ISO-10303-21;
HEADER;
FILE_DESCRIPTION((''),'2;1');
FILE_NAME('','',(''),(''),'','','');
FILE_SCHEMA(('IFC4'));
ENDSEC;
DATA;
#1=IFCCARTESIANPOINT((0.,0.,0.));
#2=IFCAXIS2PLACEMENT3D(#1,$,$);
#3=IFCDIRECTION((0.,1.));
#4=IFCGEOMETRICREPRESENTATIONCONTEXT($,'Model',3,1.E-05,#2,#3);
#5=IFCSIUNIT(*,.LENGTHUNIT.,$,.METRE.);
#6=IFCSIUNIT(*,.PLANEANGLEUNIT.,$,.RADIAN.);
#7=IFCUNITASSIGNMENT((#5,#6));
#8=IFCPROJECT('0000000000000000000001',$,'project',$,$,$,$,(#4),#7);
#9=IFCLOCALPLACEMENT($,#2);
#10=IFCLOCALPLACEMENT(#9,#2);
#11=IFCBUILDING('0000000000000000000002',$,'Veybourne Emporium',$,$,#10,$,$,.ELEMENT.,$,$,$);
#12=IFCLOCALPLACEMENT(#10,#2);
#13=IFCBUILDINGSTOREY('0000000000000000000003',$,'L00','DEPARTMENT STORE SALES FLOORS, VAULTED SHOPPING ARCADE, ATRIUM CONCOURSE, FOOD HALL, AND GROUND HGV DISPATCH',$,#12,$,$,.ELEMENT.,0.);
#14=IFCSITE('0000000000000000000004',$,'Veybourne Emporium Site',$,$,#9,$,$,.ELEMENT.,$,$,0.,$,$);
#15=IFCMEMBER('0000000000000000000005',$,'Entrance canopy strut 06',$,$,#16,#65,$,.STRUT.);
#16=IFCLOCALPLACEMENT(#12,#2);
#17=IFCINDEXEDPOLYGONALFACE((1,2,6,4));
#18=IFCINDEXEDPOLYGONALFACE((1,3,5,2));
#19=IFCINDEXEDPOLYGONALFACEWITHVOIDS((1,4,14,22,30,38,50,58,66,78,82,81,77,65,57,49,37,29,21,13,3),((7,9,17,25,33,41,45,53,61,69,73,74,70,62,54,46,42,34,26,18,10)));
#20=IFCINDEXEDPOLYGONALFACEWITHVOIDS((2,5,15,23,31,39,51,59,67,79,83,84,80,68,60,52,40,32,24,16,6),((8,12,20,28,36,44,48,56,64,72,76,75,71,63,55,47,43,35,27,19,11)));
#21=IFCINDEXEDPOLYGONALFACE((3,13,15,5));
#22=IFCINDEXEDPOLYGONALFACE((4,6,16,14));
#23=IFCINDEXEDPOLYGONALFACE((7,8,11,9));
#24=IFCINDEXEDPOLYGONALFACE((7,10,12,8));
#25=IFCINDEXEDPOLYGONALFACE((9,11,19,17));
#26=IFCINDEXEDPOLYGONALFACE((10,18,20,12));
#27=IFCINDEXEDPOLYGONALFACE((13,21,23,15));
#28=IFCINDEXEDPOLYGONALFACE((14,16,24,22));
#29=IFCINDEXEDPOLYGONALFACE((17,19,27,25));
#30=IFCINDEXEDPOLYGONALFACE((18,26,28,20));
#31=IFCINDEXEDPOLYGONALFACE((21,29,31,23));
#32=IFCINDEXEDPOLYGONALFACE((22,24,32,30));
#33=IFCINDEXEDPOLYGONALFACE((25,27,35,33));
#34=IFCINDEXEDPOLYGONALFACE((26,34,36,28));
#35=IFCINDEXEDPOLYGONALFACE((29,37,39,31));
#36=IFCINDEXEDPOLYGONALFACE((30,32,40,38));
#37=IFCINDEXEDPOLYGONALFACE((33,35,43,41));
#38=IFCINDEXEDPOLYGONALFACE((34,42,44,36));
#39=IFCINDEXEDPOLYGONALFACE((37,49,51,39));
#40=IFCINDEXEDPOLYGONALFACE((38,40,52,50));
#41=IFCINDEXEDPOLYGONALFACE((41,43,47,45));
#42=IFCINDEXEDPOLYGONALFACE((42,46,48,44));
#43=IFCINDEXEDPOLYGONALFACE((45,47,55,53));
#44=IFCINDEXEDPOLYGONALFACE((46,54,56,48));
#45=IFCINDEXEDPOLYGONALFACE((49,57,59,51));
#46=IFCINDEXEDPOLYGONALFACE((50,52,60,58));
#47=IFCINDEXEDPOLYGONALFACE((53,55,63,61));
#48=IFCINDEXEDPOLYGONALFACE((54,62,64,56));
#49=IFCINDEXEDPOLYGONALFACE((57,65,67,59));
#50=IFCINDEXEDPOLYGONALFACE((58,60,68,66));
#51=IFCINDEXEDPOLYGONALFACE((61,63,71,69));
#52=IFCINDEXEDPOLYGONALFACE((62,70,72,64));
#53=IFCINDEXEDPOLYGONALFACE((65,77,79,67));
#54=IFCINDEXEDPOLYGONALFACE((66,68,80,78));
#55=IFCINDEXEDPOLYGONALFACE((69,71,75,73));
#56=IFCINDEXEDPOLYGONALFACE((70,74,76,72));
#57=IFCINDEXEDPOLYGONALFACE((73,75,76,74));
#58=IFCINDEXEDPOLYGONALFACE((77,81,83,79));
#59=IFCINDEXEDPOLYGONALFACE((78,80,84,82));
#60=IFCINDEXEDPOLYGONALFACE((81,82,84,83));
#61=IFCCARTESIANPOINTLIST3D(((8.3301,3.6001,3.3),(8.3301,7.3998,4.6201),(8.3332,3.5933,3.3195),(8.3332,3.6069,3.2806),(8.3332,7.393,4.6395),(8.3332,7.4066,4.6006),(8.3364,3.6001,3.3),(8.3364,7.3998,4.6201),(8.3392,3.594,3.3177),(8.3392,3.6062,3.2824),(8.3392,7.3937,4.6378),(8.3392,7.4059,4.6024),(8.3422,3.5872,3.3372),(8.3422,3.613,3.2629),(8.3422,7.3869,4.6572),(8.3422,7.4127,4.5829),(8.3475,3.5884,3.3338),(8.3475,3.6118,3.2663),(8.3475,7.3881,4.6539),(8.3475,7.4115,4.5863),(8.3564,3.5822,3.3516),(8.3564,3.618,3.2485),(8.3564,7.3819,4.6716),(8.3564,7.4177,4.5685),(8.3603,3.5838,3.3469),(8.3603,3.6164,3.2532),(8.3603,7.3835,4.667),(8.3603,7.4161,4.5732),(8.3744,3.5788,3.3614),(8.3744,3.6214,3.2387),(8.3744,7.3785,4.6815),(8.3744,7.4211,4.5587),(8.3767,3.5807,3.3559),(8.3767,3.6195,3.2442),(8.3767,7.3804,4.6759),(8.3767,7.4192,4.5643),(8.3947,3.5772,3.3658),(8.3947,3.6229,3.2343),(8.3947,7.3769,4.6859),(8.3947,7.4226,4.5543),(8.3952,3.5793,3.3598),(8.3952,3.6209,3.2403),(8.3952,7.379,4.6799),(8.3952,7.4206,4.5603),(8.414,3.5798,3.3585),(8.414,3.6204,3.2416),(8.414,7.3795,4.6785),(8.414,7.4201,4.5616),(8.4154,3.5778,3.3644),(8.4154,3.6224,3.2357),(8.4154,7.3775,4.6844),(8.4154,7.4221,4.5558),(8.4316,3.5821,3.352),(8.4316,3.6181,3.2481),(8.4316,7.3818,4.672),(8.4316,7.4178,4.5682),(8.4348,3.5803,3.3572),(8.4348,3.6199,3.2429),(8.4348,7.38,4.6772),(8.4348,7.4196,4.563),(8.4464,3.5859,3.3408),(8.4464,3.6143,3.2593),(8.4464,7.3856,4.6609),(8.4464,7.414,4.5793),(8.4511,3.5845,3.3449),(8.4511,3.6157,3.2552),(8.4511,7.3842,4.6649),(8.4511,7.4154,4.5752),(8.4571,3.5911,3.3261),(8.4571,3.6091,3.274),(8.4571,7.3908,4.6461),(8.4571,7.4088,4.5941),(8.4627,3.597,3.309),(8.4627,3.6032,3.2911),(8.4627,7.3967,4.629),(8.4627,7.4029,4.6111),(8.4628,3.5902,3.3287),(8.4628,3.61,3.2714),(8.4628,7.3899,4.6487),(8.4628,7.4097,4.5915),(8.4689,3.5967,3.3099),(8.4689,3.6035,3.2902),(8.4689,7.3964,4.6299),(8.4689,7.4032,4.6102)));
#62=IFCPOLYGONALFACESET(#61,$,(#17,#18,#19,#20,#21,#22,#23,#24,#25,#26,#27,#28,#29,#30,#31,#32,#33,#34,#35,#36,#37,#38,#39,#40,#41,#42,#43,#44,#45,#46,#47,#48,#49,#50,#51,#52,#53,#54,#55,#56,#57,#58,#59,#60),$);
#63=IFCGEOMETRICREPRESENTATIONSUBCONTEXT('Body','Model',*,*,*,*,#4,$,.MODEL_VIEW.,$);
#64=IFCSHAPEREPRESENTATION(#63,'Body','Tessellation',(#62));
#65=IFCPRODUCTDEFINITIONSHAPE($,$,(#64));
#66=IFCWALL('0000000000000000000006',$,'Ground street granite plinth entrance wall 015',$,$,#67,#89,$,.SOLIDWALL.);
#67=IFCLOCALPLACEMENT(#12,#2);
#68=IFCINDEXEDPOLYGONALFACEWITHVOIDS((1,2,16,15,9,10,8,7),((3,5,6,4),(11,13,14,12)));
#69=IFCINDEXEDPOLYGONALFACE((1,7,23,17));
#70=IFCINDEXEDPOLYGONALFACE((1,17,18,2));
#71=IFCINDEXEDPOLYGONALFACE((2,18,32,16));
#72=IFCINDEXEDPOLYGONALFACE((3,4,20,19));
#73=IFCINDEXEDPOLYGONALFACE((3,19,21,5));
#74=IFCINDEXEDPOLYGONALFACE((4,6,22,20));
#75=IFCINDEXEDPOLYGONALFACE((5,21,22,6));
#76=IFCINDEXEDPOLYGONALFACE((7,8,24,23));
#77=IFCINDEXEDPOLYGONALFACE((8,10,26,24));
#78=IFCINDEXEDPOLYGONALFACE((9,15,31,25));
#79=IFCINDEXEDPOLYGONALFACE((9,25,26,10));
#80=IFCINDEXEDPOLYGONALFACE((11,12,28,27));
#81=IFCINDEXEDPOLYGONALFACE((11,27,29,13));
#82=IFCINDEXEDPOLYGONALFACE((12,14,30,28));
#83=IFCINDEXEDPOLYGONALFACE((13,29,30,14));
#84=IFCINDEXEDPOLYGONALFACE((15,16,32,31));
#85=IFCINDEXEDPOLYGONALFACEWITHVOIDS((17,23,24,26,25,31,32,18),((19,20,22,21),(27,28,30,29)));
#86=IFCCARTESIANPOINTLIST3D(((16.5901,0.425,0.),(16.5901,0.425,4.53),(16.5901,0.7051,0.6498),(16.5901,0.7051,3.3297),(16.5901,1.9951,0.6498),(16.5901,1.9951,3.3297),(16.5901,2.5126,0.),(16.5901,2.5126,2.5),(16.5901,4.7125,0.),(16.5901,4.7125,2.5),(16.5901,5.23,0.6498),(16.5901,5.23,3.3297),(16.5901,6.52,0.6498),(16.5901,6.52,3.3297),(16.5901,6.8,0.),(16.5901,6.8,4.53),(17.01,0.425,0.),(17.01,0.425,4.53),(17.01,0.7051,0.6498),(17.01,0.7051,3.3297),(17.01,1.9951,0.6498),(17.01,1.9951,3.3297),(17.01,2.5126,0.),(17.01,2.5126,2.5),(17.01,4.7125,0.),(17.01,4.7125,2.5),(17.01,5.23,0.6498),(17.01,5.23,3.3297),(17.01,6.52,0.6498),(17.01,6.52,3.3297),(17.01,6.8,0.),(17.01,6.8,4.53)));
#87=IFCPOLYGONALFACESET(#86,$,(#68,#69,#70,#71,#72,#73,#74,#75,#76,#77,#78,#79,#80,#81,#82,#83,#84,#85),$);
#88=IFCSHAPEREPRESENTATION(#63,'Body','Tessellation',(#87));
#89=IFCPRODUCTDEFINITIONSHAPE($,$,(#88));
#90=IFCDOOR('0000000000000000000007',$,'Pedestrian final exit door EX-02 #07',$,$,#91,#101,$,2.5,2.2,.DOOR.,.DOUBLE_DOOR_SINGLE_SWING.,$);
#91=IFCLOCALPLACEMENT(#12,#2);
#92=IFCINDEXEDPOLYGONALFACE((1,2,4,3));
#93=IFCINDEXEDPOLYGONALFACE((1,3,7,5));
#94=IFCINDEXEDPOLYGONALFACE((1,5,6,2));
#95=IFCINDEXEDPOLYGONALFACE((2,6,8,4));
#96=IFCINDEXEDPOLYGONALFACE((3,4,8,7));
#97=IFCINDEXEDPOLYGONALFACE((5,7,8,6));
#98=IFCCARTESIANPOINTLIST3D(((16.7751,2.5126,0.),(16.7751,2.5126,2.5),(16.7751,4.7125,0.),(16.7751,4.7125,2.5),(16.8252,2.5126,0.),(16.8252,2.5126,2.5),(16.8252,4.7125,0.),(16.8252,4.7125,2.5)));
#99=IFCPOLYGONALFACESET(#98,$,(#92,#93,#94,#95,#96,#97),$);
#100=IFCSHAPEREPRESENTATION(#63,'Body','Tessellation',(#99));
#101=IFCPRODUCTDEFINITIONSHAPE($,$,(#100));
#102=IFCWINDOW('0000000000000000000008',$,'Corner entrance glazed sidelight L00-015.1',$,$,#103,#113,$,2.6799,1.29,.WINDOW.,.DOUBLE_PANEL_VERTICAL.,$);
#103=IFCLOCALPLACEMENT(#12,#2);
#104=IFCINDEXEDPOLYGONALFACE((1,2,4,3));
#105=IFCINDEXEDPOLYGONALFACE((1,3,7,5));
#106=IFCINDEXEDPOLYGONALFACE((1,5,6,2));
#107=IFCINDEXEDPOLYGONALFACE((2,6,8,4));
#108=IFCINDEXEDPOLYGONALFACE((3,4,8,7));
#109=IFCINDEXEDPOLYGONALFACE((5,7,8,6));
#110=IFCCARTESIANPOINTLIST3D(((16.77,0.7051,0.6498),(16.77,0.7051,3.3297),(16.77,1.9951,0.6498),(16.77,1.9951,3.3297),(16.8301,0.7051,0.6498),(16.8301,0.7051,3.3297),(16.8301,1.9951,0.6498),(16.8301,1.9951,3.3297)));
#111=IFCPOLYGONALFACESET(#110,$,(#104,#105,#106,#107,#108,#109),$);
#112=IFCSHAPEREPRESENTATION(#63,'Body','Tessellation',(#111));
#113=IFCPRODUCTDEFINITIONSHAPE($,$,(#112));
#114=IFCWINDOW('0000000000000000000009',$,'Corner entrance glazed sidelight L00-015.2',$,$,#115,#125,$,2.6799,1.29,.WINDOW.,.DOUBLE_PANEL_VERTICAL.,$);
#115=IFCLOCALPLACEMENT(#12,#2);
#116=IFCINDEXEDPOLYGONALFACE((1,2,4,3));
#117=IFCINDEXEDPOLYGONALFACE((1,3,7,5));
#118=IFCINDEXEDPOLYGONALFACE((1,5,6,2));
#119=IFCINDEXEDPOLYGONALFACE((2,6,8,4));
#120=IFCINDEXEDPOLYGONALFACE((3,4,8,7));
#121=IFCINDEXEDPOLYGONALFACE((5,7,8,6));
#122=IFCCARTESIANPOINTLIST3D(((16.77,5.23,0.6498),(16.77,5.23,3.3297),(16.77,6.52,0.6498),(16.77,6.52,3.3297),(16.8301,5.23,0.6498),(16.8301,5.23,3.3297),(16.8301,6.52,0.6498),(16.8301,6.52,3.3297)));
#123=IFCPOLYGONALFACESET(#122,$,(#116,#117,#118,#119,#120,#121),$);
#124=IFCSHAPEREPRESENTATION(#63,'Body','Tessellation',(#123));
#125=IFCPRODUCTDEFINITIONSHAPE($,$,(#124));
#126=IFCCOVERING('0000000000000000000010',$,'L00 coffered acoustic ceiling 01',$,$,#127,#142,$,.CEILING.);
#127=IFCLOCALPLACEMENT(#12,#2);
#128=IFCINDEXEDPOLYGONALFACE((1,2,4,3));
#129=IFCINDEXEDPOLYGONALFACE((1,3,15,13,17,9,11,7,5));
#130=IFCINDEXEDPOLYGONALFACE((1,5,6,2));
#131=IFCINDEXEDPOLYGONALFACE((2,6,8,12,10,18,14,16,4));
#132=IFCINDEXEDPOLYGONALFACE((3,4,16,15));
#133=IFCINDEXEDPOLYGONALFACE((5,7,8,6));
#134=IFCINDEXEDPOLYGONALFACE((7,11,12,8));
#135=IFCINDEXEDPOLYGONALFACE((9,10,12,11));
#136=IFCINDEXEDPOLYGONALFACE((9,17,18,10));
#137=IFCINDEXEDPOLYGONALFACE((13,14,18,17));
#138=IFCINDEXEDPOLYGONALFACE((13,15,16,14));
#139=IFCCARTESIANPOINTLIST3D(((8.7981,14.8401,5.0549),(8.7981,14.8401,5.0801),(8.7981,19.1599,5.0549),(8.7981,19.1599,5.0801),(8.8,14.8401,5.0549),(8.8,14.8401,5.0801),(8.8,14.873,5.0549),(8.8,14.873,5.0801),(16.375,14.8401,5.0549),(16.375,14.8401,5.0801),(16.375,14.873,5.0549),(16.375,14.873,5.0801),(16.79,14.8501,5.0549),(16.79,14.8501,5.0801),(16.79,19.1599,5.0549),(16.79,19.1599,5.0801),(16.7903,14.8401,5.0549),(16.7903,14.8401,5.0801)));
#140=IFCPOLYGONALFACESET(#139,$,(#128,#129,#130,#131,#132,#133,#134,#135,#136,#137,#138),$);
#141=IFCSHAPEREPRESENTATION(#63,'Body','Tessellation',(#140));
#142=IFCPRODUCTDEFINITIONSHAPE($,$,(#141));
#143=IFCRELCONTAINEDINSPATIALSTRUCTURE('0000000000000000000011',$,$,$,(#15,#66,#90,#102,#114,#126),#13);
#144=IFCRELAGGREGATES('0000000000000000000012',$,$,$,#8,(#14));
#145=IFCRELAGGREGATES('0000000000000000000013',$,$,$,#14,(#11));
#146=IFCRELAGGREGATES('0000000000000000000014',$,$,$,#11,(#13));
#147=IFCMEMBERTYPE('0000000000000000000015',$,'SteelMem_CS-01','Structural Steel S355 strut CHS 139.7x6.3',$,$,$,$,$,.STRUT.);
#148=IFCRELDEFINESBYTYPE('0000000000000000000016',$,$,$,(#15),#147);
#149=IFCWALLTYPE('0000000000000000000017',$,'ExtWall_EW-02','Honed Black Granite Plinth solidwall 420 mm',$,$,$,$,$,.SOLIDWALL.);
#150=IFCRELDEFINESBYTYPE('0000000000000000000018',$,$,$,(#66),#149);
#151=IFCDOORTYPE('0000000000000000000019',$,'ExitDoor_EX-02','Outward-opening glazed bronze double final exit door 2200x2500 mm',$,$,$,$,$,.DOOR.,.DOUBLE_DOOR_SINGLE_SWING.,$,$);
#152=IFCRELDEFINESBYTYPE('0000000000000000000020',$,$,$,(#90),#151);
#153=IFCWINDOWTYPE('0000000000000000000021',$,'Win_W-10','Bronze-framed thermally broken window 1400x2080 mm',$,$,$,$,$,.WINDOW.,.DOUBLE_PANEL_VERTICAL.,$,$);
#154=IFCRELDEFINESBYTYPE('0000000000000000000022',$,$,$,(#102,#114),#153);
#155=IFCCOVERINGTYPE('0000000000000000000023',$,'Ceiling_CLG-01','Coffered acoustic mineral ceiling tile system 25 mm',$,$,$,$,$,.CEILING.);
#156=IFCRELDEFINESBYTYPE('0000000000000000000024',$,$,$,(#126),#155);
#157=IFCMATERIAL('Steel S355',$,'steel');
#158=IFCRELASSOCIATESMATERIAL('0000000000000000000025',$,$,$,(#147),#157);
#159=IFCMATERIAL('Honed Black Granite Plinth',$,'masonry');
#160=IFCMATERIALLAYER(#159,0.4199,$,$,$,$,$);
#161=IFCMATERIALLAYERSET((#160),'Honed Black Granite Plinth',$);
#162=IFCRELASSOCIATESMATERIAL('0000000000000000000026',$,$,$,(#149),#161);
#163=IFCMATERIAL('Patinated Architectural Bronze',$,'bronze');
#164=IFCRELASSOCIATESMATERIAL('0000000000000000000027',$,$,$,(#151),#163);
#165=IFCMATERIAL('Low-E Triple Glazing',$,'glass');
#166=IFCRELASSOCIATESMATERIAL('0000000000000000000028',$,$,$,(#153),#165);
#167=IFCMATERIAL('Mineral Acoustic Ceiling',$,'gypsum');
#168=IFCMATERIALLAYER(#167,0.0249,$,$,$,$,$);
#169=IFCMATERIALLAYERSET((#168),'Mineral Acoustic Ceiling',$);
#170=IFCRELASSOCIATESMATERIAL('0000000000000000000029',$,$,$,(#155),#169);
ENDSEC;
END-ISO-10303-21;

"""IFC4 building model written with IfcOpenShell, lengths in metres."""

from ifc_helpers import new_model, si_unit, direction, frame, frame_2d, origin, origin_2d, place, context, subcontext, project, spatial, polyline, rectangle, hollow_circle, outline, extrude, material, layer, layer_set, material_profile, profile_set, type_object, element, fill, save


model = new_model("IFC4")

# Units and contexts
model_context = context("Model", 3, precision=1e-05, world=origin(), true_north=direction((0.0, 1.0)))
body_context = subcontext(model_context, "Body", "Model", "MODEL_VIEW")
ifc_project = project(units=[si_unit("LENGTHUNIT", "METRE"), si_unit("PLANEANGLEUNIT", "RADIAN")], contexts=[model_context])

# Site, building, storey
site_placement = place(None, origin())
site = spatial("IfcSite", under=ifc_project, at=site_placement, Name="Veybourne Emporium Site", CompositionType="ELEMENT", RefElevation=0.0)
building_placement = place(site_placement, origin())
building = spatial("IfcBuilding", under=site, at=building_placement, Name="Veybourne Emporium", CompositionType="ELEMENT")
storey_placement = place(building_placement, origin())
storey = spatial("IfcBuildingStorey", under=building, at=storey_placement, Name="L00", Description="DEPARTMENT STORE SALES FLOORS, VAULTED SHOPPING ARCADE, ATRIUM CONCOURSE, FOOD HALL, AND GROUND HGV DISPATCH", CompositionType="ELEMENT", Elevation=0.0)

# Shared definitions
ifc_material_1 = material(Name="Steel S355", Category="steel")

# Member
ifc_material_profile_1 = material_profile(ifc_material_1, hollow_circle(Radius=0.0698, WallThickness=0.0063, at=origin_2d()), Name="CHS 139.7x6.3")
ifc_profile_set_1 = profile_set([ifc_material_profile_1], Name="Steel S355")
member_type = type_object("IfcMemberType", Name="SteelMem_CS-01", Description="Structural Steel S355 strut CHS 139.7x6.3", PredefinedType="STRUT", material=ifc_profile_set_1)
member_1_placement = place(storey_placement, frame((8.3999, 3.6001, 3.3), z_axis=(0.0, 0.94462, 0.328165), x_axis=(-1.0, 0.0, 0.0)))
element("IfcMember", 1, at=member_1_placement, inside=storey, type_object=member_type, Name="Entrance canopy strut 06", PredefinedType="STRUT", context=body_context, shape_type="SweptSolid", body=[
    extrude(hollow_circle(Radius=0.0698, WallThickness=0.0063, at=origin_2d()), origin(), (0.0, 0.0, 1.0), 4.0225),
])

# Wall, openings, door, windows
ifc_material_2 = material(Name="Honed Black Granite Plinth", Category="masonry")
ifc_layer_1 = layer(ifc_material_2, 0.4199)
ifc_layer_set_1 = layer_set([ifc_layer_1], Name="Honed Black Granite Plinth")
wall_type = type_object("IfcWallType", Name="ExtWall_EW-02", Description="Honed Black Granite Plinth solidwall 420 mm", PredefinedType="SOLIDWALL", material=ifc_layer_set_1)
wall_placement = place(storey_placement, frame((16.8, 0.425, 0.0), z_axis=(0.0, 0.0, 1.0), x_axis=(0.0, 1.0, 0.0)))
wall = element("IfcWall", 2, at=wall_placement, inside=storey, type_object=wall_type, Name="Ground street granite plinth entrance wall 015", PredefinedType="SOLIDWALL", context=body_context, shape_type="SweptSolid", body=[
    extrude(rectangle(XDim=6.375, YDim=0.4199, at=frame_2d((3.1875, 0.0))), origin(), (0.0, 0.0, 1.0), 4.53),
])
opening_1_placement = place(wall_placement, frame((2.0874, 0.0, 0.0)))
opening_1 = element("IfcOpeningElement", 3, at=opening_1_placement, cuts=wall, PredefinedType="OPENING", context=body_context, shape_type="SweptSolid", body=[
    extrude(rectangle(XDim=2.2, YDim=2.5, at=frame_2d((1.1001, 1.25))), frame((0.0, 0.23, 0.0), z_axis=(0.0, -1.0, 0.0), x_axis=(1.0, 0.0, 0.0)), (0.0, 0.0, 1.0), 0.46),
])
opening_2_placement = place(wall_placement, frame((0.28, 0.0, 0.6499)))
opening_2 = element("IfcOpeningElement", 4, at=opening_2_placement, cuts=wall, PredefinedType="OPENING", context=body_context, shape_type="SweptSolid", body=[
    extrude(rectangle(XDim=1.29, YDim=2.6799, at=frame_2d((0.645, 1.3398))), frame((0.0, 0.23, 0.0), z_axis=(0.0, -1.0, 0.0), x_axis=(1.0, 0.0, 0.0)), (0.0, 0.0, 1.0), 0.46),
])
opening_3_placement = place(wall_placement, frame((4.8049, 0.0, 0.6499)))
opening_3 = element("IfcOpeningElement", 5, at=opening_3_placement, cuts=wall, PredefinedType="OPENING", context=body_context, shape_type="SweptSolid", body=[
    extrude(rectangle(XDim=1.29, YDim=2.6799, at=frame_2d((0.645, 1.3398))), frame((0.0, 0.23, 0.0), z_axis=(0.0, -1.0, 0.0), x_axis=(1.0, 0.0, 0.0)), (0.0, 0.0, 1.0), 0.46),
])
ifc_material_3 = material(Name="Patinated Architectural Bronze", Category="bronze")
door_type = type_object("IfcDoorType", Name="ExitDoor_EX-02", Description="Outward-opening glazed bronze double final exit door 2200x2500 mm", OperationType="DOUBLE_DOOR_SINGLE_SWING", PredefinedType="DOOR", material=ifc_material_3)
door_placement = place(opening_1_placement, origin())
door = element("IfcDoor", 6, at=door_placement, inside=storey, type_object=door_type, Name="Pedestrian final exit door EX-02 #07", OperationType="DOUBLE_DOOR_SINGLE_SWING", OverallHeight=2.5, OverallWidth=2.2, PredefinedType="DOOR", context=body_context, shape_type="SweptSolid", body=[
    extrude(rectangle(XDim=2.2, YDim=2.5, at=frame_2d((1.1001, 1.25))), frame((0.0, 0.0249, 0.0), z_axis=(0.0, -1.0, 0.0), x_axis=(1.0, 0.0, 0.0)), (0.0, 0.0, 1.0), 0.05),
])
fill(opening_1, door)
ifc_material_4 = material(Name="Low-E Triple Glazing", Category="glass")
window_type = type_object("IfcWindowType", Name="Win_W-10", Description="Bronze-framed thermally broken window 1400x2080 mm", PartitioningType="DOUBLE_PANEL_VERTICAL", PredefinedType="WINDOW", material=ifc_material_4)
window_1_placement = place(opening_2_placement, origin())
window_1 = element("IfcWindow", 7, at=window_1_placement, inside=storey, type_object=window_type, Name="Corner entrance glazed sidelight L00-015.1", OverallHeight=2.6799, OverallWidth=1.29, PartitioningType="DOUBLE_PANEL_VERTICAL", PredefinedType="WINDOW", context=body_context, shape_type="SweptSolid", body=[
    extrude(rectangle(XDim=1.29, YDim=2.6799, at=frame_2d((0.645, 1.3398))), frame((0.0, 0.03, 0.0), z_axis=(0.0, -1.0, 0.0), x_axis=(1.0, 0.0, 0.0)), (0.0, 0.0, 1.0), 0.0601),
])
fill(opening_2, window_1)
window_2_placement = place(opening_3_placement, origin())
window_2 = element("IfcWindow", 8, at=window_2_placement, inside=storey, type_object=window_type, Name="Corner entrance glazed sidelight L00-015.2", OverallHeight=2.6799, OverallWidth=1.29, PartitioningType="DOUBLE_PANEL_VERTICAL", PredefinedType="WINDOW", context=body_context, shape_type="SweptSolid", body=[
    extrude(rectangle(XDim=1.29, YDim=2.6799, at=frame_2d((0.645, 1.3398))), frame((0.0, 0.03, 0.0), z_axis=(0.0, -1.0, 0.0), x_axis=(1.0, 0.0, 0.0)), (0.0, 0.0, 1.0), 0.0601),
])
fill(opening_3, window_2)

# Covering
ifc_material_5 = material(Name="Mineral Acoustic Ceiling", Category="gypsum")
ifc_layer_2 = layer(ifc_material_5, 0.0249)
ifc_layer_set_2 = layer_set([ifc_layer_2], Name="Mineral Acoustic Ceiling")
covering_type_1 = type_object("IfcCoveringType", Name="Ceiling_CLG-01", Description="Coffered acoustic mineral ceiling tile system 25 mm", PredefinedType="CEILING", material=ifc_layer_set_2)
covering_1_placement = place(storey_placement, frame((0.0, 0.0, 5.0549)))
element("IfcCovering", 9, at=covering_1_placement, inside=storey, type_object=covering_type_1, Name="L00 coffered acoustic ceiling 01", PredefinedType="CEILING", context=body_context, shape_type="SweptSolid", body=[
    extrude(outline(polyline([(16.7903, 14.8401), (16.375, 14.8401), (16.375, 14.873), (8.8, 14.873), (8.8, 14.8401), (8.7981, 14.8401), (8.7981, 19.1599), (16.79, 19.1599), (16.79, 14.8501), (16.7903, 14.8401), (16.7903, 14.8401)])), origin(), (0.0, 0.0, 1.0), 0.0251),
])

save(model, "model.ifc")
